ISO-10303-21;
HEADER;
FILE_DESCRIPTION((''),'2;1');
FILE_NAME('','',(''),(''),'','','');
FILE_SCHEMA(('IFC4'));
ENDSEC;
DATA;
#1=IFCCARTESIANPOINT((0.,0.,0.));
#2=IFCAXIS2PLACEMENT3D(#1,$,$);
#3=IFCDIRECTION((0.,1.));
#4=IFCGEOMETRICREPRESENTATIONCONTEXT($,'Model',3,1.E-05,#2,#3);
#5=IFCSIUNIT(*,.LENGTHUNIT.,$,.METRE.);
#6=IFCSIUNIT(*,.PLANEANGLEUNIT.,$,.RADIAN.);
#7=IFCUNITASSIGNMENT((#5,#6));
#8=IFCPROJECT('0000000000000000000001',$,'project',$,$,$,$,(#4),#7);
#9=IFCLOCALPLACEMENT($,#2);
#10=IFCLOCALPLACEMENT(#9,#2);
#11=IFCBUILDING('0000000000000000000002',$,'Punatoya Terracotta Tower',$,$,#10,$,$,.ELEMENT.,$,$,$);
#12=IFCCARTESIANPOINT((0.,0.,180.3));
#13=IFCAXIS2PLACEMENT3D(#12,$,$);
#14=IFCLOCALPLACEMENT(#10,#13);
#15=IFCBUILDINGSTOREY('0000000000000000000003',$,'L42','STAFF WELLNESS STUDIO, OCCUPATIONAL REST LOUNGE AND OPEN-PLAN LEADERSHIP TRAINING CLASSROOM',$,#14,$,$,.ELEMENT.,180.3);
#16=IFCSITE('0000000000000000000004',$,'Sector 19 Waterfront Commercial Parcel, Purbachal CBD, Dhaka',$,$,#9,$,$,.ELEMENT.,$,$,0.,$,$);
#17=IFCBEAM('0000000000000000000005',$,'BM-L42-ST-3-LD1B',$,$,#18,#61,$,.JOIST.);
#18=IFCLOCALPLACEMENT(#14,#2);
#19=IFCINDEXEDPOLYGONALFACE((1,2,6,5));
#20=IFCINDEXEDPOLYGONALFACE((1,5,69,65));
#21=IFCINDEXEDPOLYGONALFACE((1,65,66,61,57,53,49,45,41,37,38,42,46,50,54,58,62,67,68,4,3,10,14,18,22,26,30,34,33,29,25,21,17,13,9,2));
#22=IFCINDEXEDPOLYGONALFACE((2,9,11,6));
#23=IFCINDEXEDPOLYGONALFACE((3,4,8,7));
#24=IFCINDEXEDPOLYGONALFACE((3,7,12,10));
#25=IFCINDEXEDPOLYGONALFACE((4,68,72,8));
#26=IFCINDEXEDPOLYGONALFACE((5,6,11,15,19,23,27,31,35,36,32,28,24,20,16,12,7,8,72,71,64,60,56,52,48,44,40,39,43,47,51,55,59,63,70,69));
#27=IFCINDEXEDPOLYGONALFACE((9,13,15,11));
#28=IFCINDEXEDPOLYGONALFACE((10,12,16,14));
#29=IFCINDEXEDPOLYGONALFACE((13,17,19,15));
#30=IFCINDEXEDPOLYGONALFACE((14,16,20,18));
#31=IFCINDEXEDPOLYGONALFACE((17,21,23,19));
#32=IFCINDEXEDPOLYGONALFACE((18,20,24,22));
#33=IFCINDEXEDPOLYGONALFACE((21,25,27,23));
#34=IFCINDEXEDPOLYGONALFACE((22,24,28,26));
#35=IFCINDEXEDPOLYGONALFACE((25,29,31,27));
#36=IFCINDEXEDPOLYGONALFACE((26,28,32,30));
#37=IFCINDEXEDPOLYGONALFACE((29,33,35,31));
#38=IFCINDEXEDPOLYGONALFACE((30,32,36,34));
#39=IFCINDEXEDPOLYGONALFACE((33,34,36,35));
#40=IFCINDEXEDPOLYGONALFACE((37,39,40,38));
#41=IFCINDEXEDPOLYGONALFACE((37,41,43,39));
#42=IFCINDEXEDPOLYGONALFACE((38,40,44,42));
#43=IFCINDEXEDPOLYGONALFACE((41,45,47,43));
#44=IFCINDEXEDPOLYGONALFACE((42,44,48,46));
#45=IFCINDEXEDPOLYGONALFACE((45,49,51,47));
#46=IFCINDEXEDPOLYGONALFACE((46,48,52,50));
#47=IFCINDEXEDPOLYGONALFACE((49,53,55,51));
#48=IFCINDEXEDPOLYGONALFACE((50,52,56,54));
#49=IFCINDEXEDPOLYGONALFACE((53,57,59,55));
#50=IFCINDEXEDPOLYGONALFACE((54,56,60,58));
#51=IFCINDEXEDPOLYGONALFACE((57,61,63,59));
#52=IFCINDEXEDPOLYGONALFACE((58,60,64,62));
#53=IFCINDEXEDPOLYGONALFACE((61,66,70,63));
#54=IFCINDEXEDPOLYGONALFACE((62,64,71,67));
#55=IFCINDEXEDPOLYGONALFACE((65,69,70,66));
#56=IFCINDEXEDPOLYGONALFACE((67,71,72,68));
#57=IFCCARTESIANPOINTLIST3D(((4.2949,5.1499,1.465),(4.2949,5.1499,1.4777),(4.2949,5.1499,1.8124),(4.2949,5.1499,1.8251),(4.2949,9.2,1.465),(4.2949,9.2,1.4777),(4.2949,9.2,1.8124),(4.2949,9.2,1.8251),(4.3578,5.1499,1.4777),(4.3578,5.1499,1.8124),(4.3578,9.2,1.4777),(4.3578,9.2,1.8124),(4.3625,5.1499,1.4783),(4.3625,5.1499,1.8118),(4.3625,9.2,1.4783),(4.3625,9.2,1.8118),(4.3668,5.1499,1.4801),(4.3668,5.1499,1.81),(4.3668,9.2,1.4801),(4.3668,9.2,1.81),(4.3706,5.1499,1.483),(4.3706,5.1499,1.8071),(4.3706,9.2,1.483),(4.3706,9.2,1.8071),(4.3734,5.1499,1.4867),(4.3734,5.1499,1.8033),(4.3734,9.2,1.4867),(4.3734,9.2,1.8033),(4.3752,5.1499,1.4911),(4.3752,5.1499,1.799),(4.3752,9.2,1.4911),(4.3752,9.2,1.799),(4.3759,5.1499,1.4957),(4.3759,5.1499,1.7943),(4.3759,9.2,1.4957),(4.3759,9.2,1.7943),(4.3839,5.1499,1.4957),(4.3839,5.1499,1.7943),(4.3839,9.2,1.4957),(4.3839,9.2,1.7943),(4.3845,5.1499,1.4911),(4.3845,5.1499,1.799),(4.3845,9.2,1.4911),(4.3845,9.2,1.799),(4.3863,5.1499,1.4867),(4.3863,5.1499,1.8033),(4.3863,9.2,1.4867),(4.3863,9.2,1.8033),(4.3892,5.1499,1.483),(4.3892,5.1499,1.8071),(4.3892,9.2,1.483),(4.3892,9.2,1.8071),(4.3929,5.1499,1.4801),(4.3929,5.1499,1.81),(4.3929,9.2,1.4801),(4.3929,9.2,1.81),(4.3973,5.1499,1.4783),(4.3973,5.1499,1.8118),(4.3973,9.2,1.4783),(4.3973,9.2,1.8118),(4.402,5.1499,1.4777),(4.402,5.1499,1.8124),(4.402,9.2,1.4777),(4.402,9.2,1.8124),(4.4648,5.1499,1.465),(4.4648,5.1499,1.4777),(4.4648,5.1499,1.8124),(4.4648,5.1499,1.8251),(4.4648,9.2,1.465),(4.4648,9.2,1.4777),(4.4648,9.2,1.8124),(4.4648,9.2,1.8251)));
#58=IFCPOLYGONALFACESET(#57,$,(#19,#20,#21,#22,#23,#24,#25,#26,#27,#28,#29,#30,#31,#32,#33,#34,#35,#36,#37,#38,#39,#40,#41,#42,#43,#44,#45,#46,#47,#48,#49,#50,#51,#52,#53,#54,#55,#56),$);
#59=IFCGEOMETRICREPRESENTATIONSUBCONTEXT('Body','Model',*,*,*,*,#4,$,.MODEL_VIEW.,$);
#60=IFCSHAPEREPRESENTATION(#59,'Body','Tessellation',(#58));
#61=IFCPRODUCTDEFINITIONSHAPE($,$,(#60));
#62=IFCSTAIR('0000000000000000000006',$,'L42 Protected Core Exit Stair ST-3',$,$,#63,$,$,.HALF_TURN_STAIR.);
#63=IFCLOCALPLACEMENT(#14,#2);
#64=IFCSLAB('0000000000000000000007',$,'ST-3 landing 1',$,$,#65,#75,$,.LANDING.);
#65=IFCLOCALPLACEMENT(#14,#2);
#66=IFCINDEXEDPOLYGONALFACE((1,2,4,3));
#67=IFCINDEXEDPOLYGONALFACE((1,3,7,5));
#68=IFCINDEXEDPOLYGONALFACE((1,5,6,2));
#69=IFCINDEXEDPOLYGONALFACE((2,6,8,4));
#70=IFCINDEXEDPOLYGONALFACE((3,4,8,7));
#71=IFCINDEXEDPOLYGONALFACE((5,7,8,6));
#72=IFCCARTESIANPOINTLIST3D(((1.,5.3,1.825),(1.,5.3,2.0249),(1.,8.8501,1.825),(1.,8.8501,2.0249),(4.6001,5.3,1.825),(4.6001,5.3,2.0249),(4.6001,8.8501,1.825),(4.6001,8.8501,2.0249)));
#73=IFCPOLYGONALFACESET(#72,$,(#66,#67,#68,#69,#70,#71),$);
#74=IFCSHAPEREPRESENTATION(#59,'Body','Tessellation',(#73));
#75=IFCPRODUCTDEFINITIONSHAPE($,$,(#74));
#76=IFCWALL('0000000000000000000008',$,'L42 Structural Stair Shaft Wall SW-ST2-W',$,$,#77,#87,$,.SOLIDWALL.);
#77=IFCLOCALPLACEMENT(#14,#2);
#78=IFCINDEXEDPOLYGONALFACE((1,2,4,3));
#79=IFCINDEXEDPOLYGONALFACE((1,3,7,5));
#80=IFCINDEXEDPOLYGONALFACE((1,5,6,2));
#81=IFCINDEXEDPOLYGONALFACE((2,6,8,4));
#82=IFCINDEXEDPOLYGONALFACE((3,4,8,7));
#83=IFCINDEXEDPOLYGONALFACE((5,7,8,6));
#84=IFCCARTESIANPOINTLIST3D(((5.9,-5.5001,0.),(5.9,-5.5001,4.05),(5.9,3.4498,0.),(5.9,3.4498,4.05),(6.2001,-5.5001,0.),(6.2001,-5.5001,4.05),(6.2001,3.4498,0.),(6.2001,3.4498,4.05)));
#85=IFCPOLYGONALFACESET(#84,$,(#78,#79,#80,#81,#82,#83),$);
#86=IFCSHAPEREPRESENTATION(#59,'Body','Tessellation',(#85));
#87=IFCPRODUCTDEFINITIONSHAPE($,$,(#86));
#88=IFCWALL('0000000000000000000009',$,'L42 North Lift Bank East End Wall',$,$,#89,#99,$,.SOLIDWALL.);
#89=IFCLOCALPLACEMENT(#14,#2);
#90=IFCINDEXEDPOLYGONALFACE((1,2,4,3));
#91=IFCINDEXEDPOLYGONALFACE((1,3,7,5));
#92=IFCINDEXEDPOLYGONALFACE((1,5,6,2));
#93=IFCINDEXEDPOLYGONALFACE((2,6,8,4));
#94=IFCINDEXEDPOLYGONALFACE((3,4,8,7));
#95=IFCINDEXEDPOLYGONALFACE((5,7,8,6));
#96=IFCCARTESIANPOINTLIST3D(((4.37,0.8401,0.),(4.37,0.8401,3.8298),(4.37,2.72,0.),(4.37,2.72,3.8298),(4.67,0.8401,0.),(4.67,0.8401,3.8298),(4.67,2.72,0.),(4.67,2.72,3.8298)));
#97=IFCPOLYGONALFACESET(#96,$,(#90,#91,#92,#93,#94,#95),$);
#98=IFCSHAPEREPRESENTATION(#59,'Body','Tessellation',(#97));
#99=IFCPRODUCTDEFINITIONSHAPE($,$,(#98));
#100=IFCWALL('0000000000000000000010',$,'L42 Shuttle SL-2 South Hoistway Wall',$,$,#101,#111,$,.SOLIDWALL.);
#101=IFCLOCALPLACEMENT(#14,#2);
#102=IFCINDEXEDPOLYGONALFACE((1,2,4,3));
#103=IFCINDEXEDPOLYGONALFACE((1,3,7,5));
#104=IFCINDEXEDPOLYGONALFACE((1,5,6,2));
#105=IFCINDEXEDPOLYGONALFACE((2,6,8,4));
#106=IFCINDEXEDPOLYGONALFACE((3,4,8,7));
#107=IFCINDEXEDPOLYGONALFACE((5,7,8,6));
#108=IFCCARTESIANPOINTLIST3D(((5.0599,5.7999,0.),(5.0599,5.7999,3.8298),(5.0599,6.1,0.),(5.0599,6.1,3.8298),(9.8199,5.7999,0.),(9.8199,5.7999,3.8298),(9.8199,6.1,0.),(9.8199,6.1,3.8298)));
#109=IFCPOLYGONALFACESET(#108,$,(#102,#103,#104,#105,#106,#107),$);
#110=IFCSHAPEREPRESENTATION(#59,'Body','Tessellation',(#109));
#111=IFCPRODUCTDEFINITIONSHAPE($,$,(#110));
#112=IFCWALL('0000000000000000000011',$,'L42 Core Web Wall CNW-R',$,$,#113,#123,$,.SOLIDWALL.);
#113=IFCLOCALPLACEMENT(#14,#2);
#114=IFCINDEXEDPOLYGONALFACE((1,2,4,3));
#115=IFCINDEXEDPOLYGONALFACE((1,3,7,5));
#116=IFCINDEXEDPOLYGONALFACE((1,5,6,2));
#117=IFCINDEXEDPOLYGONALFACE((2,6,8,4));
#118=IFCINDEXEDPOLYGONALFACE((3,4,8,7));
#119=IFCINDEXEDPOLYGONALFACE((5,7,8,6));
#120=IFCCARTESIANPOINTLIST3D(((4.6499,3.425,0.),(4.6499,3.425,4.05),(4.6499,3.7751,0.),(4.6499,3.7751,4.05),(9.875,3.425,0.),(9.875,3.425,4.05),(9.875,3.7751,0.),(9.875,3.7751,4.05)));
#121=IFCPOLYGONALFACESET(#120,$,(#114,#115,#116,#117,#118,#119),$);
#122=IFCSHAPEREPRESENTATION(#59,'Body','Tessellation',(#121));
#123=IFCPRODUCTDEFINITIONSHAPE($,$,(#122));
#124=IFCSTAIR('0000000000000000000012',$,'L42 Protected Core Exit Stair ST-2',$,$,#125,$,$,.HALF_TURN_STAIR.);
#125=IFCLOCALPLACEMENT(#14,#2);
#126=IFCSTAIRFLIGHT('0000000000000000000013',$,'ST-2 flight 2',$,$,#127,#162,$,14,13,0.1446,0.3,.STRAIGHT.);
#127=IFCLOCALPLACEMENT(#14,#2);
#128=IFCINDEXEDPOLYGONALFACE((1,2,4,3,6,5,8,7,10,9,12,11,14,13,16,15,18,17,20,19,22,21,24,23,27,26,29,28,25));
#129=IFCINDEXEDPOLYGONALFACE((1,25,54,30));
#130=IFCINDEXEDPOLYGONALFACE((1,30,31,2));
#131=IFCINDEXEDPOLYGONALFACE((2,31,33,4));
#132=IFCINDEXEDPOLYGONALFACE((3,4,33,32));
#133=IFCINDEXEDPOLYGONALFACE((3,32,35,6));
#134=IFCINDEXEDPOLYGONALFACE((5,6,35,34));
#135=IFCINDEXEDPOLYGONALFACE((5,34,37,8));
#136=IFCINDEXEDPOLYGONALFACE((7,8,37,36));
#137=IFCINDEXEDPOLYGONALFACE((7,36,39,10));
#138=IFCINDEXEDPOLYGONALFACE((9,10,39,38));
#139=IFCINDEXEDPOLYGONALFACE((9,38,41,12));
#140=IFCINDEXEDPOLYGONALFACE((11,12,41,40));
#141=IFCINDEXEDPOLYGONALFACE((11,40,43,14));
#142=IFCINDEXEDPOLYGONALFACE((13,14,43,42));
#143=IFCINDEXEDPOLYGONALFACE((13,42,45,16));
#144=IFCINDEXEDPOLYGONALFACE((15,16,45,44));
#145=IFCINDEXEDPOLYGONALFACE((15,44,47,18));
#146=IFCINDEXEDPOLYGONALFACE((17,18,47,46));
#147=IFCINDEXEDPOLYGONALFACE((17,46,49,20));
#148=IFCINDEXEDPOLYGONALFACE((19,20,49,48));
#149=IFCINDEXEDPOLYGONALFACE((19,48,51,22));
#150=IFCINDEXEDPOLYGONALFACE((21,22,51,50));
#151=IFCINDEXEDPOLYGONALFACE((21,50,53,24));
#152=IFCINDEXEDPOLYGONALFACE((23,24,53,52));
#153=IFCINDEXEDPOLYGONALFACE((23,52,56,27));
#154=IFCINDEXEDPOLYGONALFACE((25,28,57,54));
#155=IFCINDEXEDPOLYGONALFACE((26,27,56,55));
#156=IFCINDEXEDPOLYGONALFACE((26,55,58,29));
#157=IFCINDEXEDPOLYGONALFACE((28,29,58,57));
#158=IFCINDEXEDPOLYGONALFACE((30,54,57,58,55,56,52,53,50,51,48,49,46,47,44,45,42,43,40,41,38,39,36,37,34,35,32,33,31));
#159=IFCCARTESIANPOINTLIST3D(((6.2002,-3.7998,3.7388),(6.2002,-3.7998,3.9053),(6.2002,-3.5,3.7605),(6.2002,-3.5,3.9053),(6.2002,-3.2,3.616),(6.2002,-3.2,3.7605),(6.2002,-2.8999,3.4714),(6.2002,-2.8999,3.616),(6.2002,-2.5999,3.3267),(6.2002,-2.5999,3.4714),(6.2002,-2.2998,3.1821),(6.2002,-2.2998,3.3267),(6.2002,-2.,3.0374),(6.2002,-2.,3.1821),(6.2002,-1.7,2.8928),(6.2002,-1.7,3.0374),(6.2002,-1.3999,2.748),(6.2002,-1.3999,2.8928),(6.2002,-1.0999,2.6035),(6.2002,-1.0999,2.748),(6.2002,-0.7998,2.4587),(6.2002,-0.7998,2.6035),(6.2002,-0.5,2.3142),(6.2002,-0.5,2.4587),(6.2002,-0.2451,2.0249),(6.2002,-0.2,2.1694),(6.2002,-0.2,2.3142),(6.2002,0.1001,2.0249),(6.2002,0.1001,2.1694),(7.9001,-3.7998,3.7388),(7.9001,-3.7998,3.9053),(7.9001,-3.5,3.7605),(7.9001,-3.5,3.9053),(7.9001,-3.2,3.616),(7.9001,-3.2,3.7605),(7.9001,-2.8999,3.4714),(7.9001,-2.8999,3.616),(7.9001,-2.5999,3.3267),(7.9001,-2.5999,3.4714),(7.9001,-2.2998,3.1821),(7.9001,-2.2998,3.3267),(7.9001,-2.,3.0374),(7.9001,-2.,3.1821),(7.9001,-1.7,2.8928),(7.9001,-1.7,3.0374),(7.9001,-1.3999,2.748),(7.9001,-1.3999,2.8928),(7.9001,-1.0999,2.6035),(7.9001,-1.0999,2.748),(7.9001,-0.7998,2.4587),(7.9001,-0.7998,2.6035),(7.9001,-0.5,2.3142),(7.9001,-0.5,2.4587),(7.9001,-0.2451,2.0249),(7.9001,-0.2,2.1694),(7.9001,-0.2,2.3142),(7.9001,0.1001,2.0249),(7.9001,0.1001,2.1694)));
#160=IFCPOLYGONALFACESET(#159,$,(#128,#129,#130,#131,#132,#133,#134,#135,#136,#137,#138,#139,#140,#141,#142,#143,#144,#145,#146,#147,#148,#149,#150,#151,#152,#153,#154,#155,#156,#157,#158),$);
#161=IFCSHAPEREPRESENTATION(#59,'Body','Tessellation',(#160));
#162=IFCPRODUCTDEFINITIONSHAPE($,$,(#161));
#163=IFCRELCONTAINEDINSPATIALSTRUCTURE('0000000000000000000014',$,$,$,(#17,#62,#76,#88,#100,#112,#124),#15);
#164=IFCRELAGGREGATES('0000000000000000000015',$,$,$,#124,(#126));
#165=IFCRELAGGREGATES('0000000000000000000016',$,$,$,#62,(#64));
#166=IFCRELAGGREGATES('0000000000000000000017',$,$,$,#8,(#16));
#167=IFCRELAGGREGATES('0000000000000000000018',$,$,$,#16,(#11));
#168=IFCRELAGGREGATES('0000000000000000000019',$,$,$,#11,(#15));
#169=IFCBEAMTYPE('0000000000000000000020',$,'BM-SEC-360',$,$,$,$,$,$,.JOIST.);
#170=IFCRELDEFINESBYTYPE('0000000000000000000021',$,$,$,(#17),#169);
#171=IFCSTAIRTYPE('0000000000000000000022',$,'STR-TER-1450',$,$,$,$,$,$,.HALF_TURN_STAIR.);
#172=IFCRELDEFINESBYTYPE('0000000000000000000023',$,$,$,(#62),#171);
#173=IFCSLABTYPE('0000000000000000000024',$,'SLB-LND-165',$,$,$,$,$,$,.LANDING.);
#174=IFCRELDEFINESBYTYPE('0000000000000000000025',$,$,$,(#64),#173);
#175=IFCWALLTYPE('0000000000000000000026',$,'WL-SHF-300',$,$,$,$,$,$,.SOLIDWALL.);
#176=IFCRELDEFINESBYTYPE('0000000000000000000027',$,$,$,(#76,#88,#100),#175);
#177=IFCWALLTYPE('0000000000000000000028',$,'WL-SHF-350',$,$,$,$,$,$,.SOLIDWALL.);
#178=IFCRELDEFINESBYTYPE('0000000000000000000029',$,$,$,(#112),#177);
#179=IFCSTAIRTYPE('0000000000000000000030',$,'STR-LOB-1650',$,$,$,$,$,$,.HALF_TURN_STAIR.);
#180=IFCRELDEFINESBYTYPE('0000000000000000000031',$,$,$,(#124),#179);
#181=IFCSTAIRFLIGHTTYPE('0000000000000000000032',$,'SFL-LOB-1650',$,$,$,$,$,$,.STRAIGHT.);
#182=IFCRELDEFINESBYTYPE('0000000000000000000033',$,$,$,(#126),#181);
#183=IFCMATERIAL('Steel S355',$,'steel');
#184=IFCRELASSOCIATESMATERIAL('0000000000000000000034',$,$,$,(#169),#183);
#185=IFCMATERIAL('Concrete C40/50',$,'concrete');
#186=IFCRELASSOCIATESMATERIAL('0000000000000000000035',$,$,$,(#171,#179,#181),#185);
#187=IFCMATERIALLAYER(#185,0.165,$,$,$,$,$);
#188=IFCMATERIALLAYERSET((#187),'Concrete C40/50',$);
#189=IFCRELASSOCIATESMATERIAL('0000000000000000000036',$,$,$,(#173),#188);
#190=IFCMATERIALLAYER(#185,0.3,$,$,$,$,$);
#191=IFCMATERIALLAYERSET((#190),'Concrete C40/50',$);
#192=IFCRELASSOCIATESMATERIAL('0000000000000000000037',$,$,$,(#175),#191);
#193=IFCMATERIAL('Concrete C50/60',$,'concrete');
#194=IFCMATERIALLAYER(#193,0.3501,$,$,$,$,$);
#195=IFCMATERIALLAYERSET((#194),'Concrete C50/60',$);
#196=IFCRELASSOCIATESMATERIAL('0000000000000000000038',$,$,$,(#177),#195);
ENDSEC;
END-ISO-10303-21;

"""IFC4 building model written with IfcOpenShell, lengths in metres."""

from ifc_helpers import new_model, si_unit, direction, frame, frame_2d, origin, origin_2d, place, context, subcontext, project, spatial, polyline, rectangle, i_section, outline, extrude, material, layer, layer_set, material_profile, profile_set, type_object, element, aggregate, save


model = new_model("IFC4")

# Units and contexts
model_context = context("Model", 3, precision=1e-05, world=origin(), true_north=direction((0.0, 1.0)))
body_context = subcontext(model_context, "Body", "Model", "MODEL_VIEW")
ifc_project = project(units=[si_unit("LENGTHUNIT", "METRE"), si_unit("PLANEANGLEUNIT", "RADIAN")], contexts=[model_context])

# Site, building, storey
site_placement = place(None, origin())
site = spatial("IfcSite", under=ifc_project, at=site_placement, Name="Sector 19 Waterfront Commercial Parcel, Purbachal CBD, Dhaka", CompositionType="ELEMENT", RefElevation=0.0)
building_placement = place(site_placement, origin())
building = spatial("IfcBuilding", under=site, at=building_placement, Name="Punatoya Terracotta Tower", CompositionType="ELEMENT")
storey_placement = place(building_placement, frame((0.0, 0.0, 180.3)))
storey = spatial("IfcBuildingStorey", under=building, at=storey_placement, Name="L42", Description="STAFF WELLNESS STUDIO, OCCUPATIONAL REST LOUNGE AND OPEN-PLAN LEADERSHIP TRAINING CLASSROOM", CompositionType="ELEMENT", Elevation=180.3)

# Beam
ifc_material_1 = material(Name="Steel S355", Category="steel")
ifc_material_profile_1 = material_profile(ifc_material_1, i_section(OverallWidth=0.1699, OverallDepth=0.3601, WebThickness=0.0081, FlangeThickness=0.0127, FilletRadius=0.0181, at=origin_2d()))
ifc_profile_set_1 = profile_set([ifc_material_profile_1], Name="Steel S355")
beam_type_1 = type_object("IfcBeamType", Name="BM-SEC-360", PredefinedType="JOIST", material=ifc_profile_set_1)
for number, where, z_axis, x_axis, name in (
    (1, (4.3799, 5.1499, 1.645), (0.0, 1.0, 0.0), (-1.0, 0.0, 0.0), "BM-L42-ST-3-LD1B"),
):
    element("IfcBeam", number, at=place(storey_placement, frame(where, z_axis=z_axis, x_axis=x_axis)), inside=storey, type_object=beam_type_1, Name=name, PredefinedType="JOIST", context=body_context, shape_type="SweptSolid", body=[
        extrude(i_section(OverallWidth=0.1699, OverallDepth=0.3601, WebThickness=0.0081, FlangeThickness=0.0127, FilletRadius=0.0181, at=origin_2d()), origin(), (0.0, 0.0, 1.0), 4.05),
    ])

# Stair, slab
ifc_material_2 = material(Name="Concrete C40/50", Category="concrete")
stair_type_1 = type_object("IfcStairType", Name="STR-TER-1450", PredefinedType="HALF_TURN_STAIR", material=ifc_material_2)
stair_1_placement = place(storey_placement, origin())
stair_1 = element("IfcStair", 2, at=stair_1_placement, inside=storey, type_object=stair_type_1, Name="L42 Protected Core Exit Stair ST-3", PredefinedType="HALF_TURN_STAIR")
ifc_layer_1 = layer(ifc_material_2, 0.165)
ifc_layer_set_1 = layer_set([ifc_layer_1], Name="Concrete C40/50")
slab_type = type_object("IfcSlabType", Name="SLB-LND-165", PredefinedType="LANDING", material=ifc_layer_set_1)
slab_placement = place(storey_placement, frame((0.0, 0.0, 1.825)))
slab = element("IfcSlab", 3, at=slab_placement, type_object=slab_type, Name="ST-3 landing 1", PredefinedType="LANDING", context=body_context, shape_type="SweptSolid", body=[
    extrude(outline(polyline([(1.0, 5.3), (4.6001, 5.3), (4.6001, 8.8501), (1.0, 8.8501), (1.0, 5.3)])), origin(), (0.0, 0.0, 1.0), 0.2),
])

# Walls
ifc_layer_2 = layer(ifc_material_2, 0.3)
ifc_layer_set_2 = layer_set([ifc_layer_2], Name="Concrete C40/50")
wall_type_1 = type_object("IfcWallType", Name="WL-SHF-300", PredefinedType="SOLIDWALL", material=ifc_layer_set_2)
wall_1_placement = place(storey_placement, frame((6.05, 3.45, 0.0), z_axis=(0.0, 0.0, 1.0), x_axis=(0.0, -1.0, 0.0)))
element("IfcWall", 4, at=wall_1_placement, inside=storey, type_object=wall_type_1, Name="L42 Structural Stair Shaft Wall SW-ST2-W", PredefinedType="SOLIDWALL", context=body_context, shape_type="SweptSolid", body=[
    extrude(rectangle(XDim=8.95, YDim=0.3, at=frame_2d((4.4751, 0.0))), origin(), (0.0, 0.0, 1.0), 4.05),
])
wall_2_placement = place(storey_placement, frame((4.52, 0.8401, 0.0), z_axis=(0.0, 0.0, 1.0), x_axis=(0.0, 1.0, 0.0)))
element("IfcWall", 5, at=wall_2_placement, inside=storey, type_object=wall_type_1, Name="L42 North Lift Bank East End Wall", PredefinedType="SOLIDWALL", context=body_context, shape_type="SweptSolid", body=[
    extrude(rectangle(XDim=1.8799, YDim=0.3, at=frame_2d((0.9399, 0.0))), origin(), (0.0, 0.0, 1.0), 3.8298),
])
wall_3_placement = place(storey_placement, frame((5.0601, 5.95, 0.0), z_axis=(0.0, 0.0, 1.0), x_axis=(1.0, 0.0, 0.0)))
element("IfcWall", 6, at=wall_3_placement, inside=storey, type_object=wall_type_1, Name="L42 Shuttle SL-2 South Hoistway Wall", PredefinedType="SOLIDWALL", context=body_context, shape_type="SweptSolid", body=[
    extrude(rectangle(XDim=4.76, YDim=0.3, at=frame_2d((2.3799, 0.0))), origin(), (0.0, 0.0, 1.0), 3.8298),
])
ifc_material_3 = material(Name="Concrete C50/60", Category="concrete")
ifc_layer_3 = layer(ifc_material_3, 0.3501)
ifc_layer_set_3 = layer_set([ifc_layer_3], Name="Concrete C50/60")
wall_type_2 = type_object("IfcWallType", Name="WL-SHF-350", PredefinedType="SOLIDWALL", material=ifc_layer_set_3)
wall_4_placement = place(storey_placement, frame((4.6499, 3.6001, 0.0), z_axis=(0.0, 0.0, 1.0), x_axis=(1.0, 0.0, 0.0)))
element("IfcWall", 7, at=wall_4_placement, inside=storey, type_object=wall_type_2, Name="L42 Core Web Wall CNW-R", PredefinedType="SOLIDWALL", context=body_context, shape_type="SweptSolid", body=[
    extrude(rectangle(XDim=5.2251, YDim=0.3501, at=frame_2d((2.6125, 0.0))), origin(), (0.0, 0.0, 1.0), 4.05),
])

# Stair, stair flight
stair_type_2 = type_object("IfcStairType", Name="STR-LOB-1650", PredefinedType="HALF_TURN_STAIR", material=ifc_material_2)
stair_2_placement = place(storey_placement, origin())
stair_2 = element("IfcStair", 8, at=stair_2_placement, inside=storey, type_object=stair_type_2, Name="L42 Protected Core Exit Stair ST-2", PredefinedType="HALF_TURN_STAIR")
stair_flight_type_1 = type_object("IfcStairFlightType", Name="SFL-LOB-1650", PredefinedType="STRAIGHT", material=ifc_material_2)
stair_flight_1_placement = place(storey_placement, frame((7.05, 0.1001, 2.0249), z_axis=(0.0, 0.0, 1.0), x_axis=(0.0, -1.0, 0.0)))
stair_flight_1 = element("IfcStairFlight", 9, at=stair_flight_1_placement, type_object=stair_flight_type_1, Name="ST-2 flight 2", NumberOfRisers=14, NumberOfTreads=13, PredefinedType="STRAIGHT", RiserHeight=0.1446, TreadLength=0.3, context=body_context, shape_type="SweptSolid", body=[
    extrude(outline(polyline([(0.0, 0.0), (0.0, 0.1445), (0.3, 0.1445), (0.3, 0.2893), (0.6001, 0.2893), (0.6001, 0.4338), (0.8999, 0.4338), (0.8999, 0.5786), (1.2, 0.5786), (1.2, 0.7231), (1.5, 0.7231), (1.5, 0.8679), (1.8, 0.8679), (1.8, 1.0125), (2.1001, 1.0125), (2.1001, 1.1572), (2.3999, 1.1572), (2.3999, 1.3018), (2.7, 1.3018), (2.7, 1.4465), (3.0, 1.4465), (3.0, 1.5911), (3.3, 1.5911), (3.3, 1.7356), (3.6001, 1.7356), (3.6001, 1.8804), (3.8999, 1.8804), (3.8999, 2.0249), (3.8999, 1.7139), (0.3452, 0.0), (0.0, 0.0)])), frame((0.0, 0.8501, 0.0), z_axis=(0.0, -1.0, 0.0), x_axis=(1.0, 0.0, 0.0)), (0.0, 0.0, 1.0), 1.7),
])
aggregate(stair_2, [stair_flight_1])

aggregate(stair_1, [slab])

save(model, "model.ifc")
